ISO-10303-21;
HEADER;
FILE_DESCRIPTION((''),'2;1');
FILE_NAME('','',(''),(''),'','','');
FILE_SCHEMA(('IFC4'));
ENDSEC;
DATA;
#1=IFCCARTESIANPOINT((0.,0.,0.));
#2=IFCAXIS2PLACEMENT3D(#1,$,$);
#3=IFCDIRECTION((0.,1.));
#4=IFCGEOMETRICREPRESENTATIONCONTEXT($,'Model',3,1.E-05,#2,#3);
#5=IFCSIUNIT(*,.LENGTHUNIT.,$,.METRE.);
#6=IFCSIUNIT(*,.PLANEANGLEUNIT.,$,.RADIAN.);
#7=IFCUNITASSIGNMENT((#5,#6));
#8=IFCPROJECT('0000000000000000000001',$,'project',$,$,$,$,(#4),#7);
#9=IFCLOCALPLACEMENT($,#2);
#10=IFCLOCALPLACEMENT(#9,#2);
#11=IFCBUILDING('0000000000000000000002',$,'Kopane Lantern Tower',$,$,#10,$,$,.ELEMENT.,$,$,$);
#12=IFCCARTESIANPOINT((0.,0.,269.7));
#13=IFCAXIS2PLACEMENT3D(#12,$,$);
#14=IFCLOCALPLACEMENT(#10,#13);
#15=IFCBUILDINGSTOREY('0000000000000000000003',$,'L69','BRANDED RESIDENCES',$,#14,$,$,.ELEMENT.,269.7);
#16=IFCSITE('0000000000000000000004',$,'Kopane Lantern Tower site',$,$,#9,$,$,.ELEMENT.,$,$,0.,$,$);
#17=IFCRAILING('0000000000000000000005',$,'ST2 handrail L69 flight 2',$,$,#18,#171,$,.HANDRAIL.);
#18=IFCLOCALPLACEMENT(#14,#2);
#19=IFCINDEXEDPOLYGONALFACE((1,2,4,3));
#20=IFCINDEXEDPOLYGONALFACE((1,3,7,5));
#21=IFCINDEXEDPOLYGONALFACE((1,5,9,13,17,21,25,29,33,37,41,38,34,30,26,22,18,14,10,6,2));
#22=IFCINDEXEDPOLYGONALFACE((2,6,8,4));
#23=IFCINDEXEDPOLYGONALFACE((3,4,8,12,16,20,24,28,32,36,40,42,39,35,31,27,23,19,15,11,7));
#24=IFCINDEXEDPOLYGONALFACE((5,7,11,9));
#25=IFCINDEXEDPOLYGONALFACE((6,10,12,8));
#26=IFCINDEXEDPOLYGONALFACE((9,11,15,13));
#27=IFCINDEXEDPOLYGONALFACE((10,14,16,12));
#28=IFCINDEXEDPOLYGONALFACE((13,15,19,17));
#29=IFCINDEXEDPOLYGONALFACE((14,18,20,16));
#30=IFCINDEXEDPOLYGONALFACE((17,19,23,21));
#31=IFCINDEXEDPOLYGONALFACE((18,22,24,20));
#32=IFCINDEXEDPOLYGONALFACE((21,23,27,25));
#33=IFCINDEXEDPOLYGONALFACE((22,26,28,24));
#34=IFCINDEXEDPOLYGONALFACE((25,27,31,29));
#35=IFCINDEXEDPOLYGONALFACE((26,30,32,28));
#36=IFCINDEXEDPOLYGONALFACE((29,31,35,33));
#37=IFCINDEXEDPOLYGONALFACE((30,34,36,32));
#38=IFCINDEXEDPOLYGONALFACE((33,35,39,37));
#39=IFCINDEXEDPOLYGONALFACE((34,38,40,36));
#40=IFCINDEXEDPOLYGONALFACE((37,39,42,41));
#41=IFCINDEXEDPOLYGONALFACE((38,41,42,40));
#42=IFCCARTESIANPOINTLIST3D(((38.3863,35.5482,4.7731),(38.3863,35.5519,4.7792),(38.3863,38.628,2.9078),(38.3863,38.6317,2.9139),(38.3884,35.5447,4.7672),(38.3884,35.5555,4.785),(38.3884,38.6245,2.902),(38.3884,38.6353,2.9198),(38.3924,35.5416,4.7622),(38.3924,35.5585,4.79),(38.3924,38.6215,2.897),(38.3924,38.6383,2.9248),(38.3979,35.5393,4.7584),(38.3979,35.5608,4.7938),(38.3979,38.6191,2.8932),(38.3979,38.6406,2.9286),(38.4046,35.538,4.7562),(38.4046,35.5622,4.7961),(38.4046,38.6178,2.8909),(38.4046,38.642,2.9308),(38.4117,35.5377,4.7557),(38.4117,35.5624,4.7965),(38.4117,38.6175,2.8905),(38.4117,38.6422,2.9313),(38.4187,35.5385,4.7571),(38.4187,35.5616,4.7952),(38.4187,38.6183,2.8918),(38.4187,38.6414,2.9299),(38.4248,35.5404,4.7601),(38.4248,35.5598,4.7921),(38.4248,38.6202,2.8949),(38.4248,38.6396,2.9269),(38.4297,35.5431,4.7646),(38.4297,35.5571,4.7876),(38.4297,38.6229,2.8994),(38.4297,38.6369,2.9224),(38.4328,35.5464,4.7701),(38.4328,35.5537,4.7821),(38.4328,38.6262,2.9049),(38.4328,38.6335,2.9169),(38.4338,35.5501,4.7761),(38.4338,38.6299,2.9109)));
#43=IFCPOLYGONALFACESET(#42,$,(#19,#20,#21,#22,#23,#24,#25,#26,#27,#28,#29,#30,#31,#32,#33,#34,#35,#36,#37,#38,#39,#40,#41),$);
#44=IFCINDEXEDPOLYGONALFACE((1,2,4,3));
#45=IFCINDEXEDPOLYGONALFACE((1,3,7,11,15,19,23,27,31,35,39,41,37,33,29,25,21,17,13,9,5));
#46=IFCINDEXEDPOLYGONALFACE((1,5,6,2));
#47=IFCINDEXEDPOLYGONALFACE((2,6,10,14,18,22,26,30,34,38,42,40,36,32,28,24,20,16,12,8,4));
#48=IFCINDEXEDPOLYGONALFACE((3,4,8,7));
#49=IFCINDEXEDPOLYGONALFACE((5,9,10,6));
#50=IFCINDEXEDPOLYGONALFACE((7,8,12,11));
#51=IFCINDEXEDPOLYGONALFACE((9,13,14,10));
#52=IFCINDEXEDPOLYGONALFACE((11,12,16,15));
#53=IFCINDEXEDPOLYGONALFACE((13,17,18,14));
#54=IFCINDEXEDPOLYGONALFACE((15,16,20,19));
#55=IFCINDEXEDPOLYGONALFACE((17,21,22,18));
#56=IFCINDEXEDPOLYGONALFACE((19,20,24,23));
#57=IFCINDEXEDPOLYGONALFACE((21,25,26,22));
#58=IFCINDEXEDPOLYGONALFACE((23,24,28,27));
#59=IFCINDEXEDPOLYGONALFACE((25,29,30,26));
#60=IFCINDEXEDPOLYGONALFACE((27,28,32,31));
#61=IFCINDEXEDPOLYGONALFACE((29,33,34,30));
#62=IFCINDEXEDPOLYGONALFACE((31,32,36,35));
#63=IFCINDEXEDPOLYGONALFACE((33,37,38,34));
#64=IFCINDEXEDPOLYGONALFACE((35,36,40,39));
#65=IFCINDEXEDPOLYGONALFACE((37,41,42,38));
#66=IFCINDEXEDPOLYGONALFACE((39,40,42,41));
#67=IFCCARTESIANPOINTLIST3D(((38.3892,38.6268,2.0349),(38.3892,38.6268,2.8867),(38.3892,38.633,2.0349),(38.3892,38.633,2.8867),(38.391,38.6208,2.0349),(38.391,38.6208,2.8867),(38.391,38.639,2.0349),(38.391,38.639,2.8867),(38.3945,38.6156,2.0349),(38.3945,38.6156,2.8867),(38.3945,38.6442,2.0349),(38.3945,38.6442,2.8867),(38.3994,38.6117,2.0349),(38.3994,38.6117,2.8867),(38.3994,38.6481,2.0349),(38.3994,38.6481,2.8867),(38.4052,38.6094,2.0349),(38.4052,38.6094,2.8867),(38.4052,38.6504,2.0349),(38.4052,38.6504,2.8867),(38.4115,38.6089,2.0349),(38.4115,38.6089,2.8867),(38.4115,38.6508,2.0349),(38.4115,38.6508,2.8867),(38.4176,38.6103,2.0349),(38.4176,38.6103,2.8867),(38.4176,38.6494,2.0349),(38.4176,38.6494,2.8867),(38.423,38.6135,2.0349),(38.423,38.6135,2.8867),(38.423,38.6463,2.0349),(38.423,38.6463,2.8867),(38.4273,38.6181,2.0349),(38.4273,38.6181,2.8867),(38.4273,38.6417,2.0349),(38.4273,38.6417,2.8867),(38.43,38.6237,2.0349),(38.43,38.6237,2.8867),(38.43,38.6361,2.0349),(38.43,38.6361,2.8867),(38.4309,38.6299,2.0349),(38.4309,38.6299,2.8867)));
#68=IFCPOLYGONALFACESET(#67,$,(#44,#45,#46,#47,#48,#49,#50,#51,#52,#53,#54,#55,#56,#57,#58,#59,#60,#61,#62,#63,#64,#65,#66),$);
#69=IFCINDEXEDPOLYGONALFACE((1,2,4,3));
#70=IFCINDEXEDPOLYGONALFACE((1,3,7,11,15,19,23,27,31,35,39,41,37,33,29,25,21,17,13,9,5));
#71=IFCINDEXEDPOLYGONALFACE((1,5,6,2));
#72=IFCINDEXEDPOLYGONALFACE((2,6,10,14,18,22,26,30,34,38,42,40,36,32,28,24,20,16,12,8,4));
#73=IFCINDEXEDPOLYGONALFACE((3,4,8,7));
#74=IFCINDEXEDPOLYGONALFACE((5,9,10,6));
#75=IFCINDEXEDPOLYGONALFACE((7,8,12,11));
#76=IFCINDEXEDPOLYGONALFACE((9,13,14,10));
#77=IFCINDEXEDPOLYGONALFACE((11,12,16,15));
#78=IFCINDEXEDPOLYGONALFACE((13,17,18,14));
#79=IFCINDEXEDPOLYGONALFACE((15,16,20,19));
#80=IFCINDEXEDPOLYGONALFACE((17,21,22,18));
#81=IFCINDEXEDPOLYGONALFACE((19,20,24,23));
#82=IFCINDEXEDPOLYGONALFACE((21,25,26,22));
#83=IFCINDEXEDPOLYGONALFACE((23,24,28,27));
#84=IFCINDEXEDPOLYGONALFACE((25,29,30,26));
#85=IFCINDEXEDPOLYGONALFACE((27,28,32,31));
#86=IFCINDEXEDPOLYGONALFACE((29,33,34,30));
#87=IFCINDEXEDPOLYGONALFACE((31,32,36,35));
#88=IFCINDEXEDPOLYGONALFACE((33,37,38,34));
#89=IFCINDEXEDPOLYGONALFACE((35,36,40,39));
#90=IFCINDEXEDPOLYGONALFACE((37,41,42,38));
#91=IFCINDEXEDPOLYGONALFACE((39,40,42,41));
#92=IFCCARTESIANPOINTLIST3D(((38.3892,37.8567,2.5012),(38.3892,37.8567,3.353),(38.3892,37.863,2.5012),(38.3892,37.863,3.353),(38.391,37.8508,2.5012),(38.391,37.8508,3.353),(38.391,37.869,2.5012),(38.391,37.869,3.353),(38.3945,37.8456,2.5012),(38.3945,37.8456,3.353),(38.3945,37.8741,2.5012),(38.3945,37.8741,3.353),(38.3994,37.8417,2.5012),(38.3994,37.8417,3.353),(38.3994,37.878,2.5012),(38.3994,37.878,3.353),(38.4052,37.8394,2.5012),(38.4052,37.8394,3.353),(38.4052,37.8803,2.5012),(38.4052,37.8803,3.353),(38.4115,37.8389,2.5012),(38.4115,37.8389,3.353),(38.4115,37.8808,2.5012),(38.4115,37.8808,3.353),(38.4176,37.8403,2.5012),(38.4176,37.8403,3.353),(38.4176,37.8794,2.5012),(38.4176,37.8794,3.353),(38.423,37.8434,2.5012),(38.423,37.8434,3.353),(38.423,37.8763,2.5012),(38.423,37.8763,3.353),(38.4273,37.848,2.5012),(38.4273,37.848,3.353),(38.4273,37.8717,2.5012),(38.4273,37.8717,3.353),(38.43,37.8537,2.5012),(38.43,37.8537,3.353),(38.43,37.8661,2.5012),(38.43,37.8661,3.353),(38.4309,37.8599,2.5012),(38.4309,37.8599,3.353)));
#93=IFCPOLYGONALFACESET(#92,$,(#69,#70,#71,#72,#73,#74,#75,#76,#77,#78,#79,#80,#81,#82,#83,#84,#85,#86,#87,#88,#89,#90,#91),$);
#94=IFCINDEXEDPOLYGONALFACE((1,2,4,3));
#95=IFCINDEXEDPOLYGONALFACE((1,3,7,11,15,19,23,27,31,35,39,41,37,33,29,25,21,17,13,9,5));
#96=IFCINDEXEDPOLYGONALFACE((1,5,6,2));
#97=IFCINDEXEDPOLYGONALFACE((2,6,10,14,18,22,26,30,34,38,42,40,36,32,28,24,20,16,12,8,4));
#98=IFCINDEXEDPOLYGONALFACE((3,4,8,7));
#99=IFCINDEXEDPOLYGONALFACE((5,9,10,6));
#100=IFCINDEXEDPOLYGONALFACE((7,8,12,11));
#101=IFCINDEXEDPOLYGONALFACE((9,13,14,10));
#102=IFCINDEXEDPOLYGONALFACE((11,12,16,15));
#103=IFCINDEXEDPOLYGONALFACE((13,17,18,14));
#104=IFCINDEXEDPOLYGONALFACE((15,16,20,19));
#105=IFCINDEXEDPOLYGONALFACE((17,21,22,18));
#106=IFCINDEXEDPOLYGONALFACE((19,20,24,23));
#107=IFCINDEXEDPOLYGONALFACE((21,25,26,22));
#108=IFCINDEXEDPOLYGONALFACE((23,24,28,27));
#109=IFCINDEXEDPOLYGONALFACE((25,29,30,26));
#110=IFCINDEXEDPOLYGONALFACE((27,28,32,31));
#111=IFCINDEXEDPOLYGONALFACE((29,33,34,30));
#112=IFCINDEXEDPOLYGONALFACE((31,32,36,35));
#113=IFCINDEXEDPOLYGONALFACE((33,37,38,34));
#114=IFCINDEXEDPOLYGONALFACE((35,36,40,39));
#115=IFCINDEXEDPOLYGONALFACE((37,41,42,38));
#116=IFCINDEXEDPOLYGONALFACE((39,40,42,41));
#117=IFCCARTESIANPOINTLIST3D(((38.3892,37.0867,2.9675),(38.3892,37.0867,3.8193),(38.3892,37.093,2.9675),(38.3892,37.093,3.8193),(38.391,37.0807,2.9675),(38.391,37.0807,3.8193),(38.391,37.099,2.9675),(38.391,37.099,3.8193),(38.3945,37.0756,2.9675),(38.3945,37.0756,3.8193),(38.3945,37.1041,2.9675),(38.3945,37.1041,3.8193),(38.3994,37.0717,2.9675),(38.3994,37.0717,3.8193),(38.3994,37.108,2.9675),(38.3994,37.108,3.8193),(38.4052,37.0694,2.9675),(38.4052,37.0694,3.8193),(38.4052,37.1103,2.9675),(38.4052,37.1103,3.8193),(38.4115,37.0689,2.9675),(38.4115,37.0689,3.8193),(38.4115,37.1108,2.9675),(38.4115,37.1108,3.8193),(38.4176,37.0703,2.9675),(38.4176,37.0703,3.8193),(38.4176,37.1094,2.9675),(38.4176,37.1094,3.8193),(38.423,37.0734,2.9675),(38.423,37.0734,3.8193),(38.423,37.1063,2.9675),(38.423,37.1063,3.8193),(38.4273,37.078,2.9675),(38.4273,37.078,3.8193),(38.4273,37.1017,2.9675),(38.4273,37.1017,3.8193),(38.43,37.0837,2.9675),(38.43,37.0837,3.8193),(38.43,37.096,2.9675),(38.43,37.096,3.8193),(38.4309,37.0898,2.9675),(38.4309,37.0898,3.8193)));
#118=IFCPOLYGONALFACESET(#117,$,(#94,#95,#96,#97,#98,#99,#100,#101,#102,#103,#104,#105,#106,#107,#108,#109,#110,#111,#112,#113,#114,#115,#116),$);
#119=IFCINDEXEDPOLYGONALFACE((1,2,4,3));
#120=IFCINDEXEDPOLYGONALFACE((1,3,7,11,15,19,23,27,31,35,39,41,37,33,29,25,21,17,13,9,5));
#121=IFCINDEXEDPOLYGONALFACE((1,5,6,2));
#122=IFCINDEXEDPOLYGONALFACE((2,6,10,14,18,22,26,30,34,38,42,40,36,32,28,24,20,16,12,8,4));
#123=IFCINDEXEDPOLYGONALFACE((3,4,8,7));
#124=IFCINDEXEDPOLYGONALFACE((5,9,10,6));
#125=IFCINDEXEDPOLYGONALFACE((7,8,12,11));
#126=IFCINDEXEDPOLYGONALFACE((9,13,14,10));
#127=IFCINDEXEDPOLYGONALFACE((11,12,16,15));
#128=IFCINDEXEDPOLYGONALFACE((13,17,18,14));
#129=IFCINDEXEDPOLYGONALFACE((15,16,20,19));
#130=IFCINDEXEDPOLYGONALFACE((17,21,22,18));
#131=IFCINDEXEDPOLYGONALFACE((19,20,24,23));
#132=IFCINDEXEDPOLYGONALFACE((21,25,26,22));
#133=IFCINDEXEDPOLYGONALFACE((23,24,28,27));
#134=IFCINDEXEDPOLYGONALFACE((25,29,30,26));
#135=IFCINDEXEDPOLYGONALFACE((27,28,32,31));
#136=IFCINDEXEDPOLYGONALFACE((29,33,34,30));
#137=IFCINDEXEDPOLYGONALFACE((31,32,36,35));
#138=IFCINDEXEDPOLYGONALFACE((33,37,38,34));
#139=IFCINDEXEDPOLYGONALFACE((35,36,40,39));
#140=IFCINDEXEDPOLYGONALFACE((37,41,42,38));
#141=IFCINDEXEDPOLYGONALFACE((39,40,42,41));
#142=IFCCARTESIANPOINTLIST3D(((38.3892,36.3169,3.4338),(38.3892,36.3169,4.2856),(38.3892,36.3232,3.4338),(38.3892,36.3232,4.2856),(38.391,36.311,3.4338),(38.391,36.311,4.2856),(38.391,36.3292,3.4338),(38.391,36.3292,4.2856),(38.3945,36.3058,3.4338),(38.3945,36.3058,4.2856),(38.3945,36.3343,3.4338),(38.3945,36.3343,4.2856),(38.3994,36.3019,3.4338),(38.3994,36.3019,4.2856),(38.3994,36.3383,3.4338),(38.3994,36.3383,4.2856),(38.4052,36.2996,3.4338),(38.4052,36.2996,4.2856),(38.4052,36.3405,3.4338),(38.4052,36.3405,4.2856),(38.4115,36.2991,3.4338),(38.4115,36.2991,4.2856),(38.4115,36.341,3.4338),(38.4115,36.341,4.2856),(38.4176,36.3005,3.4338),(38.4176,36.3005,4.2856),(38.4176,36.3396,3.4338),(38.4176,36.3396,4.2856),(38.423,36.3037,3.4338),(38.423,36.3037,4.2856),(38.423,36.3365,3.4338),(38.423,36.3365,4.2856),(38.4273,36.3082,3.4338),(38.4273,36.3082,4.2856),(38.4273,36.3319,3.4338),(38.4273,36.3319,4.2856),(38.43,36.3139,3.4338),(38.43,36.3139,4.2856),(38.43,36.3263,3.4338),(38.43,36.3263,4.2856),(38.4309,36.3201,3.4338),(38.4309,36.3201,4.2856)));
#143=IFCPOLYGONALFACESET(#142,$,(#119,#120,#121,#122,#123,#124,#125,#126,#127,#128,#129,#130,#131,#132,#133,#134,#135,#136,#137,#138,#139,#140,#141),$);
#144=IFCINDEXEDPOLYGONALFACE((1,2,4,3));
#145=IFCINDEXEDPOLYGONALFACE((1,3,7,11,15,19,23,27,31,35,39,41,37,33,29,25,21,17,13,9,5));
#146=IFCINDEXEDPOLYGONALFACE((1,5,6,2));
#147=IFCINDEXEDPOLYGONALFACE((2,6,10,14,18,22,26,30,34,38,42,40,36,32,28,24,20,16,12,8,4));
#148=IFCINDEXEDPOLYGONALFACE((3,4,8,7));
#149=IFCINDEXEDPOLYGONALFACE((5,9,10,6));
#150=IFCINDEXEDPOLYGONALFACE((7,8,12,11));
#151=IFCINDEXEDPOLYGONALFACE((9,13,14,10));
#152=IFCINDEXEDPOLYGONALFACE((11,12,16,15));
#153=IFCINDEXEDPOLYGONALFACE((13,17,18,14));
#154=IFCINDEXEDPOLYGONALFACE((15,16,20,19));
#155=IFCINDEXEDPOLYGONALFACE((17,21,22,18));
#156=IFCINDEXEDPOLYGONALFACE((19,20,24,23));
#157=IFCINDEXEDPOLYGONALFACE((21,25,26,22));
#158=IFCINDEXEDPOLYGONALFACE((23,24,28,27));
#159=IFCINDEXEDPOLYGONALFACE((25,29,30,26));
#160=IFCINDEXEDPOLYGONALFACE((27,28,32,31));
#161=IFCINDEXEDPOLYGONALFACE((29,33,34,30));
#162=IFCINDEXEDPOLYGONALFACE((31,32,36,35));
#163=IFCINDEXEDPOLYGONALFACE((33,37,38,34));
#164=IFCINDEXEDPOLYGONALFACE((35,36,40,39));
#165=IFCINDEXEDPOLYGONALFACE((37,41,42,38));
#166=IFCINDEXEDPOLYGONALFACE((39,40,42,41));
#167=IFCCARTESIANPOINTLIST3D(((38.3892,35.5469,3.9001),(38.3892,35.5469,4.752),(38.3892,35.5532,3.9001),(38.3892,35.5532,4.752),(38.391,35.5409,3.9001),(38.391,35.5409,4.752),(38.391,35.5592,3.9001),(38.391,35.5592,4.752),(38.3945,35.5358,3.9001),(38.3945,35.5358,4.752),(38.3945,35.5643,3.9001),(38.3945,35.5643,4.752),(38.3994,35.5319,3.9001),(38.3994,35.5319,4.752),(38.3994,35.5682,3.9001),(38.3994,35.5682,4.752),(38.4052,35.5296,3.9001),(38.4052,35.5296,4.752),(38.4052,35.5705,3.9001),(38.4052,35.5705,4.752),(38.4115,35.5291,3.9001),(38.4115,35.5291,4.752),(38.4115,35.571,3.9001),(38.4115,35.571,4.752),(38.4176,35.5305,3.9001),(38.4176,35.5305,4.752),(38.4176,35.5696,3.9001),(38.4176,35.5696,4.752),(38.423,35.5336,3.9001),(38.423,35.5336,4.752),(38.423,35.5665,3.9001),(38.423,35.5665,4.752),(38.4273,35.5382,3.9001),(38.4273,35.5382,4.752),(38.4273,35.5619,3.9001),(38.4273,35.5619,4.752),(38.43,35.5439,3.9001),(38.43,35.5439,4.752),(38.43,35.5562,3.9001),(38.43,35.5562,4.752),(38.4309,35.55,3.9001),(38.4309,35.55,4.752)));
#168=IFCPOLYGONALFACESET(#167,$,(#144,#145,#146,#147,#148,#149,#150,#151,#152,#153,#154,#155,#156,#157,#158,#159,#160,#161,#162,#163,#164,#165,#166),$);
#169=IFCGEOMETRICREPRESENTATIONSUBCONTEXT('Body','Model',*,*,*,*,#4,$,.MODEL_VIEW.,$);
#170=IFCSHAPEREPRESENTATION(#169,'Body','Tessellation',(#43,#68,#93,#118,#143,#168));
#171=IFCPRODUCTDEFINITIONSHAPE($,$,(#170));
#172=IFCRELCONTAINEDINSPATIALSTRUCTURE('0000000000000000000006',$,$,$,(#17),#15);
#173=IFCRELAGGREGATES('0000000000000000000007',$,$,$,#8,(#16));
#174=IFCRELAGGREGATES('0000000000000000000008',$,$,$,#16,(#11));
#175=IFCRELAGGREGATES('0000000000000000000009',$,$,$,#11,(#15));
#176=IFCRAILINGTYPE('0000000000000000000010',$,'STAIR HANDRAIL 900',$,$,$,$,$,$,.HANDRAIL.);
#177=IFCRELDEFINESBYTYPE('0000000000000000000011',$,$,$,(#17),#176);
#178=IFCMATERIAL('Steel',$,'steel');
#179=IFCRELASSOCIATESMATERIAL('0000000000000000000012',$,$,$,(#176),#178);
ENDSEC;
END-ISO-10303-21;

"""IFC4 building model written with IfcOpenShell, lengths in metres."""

from ifc_helpers import new_model, si_unit, direction, frame, origin, origin_2d, place, context, subcontext, project, spatial, circle, extrude, material, type_object, element, save


model = new_model("IFC4")

# Units and contexts
model_context = context("Model", 3, precision=1e-05, world=origin(), true_north=direction((0.0, 1.0)))
body_context = subcontext(model_context, "Body", "Model", "MODEL_VIEW")
ifc_project = project(units=[si_unit("LENGTHUNIT", "METRE"), si_unit("PLANEANGLEUNIT", "RADIAN")], contexts=[model_context])

# Site, building, storey
site_placement = place(None, origin())
site = spatial("IfcSite", under=ifc_project, at=site_placement, Name="Kopane Lantern Tower site", CompositionType="ELEMENT", RefElevation=0.0)
building_placement = place(site_placement, origin())
building = spatial("IfcBuilding", under=site, at=building_placement, Name="Kopane Lantern Tower", CompositionType="ELEMENT")
storey_placement = place(building_placement, frame((0.0, 0.0, 269.7)))
storey = spatial("IfcBuildingStorey", under=building, at=storey_placement, Name="L69", Description="BRANDED RESIDENCES", CompositionType="ELEMENT", Elevation=269.7)

# Railing
ifc_material_1 = material(Name="Steel", Category="steel")
railing_type = type_object("IfcRailingType", Name="STAIR HANDRAIL 900", PredefinedType="HANDRAIL", material=ifc_material_1)
for number, where, name in (
    (1, (38.4099, 38.6299, 2.0349), "ST2 handrail L69 flight 2"),
):
    element("IfcRailing", number, at=place(storey_placement, frame(where)), inside=storey, type_object=railing_type, Name=name, PredefinedType="HANDRAIL", context=body_context, shape_type="SweptSolid", body=[
        extrude(circle(Radius=0.0239, at=origin_2d()), frame((0.0, 0.0, 0.876), z_axis=(0.0, -0.855362, 0.518031), x_axis=(1.0, 0.0, 0.0)), (0.0, 0.0, 1.0), 3.6006),
        extrude(circle(Radius=0.021, at=origin_2d()), origin(), (0.0, 0.0, 1.0), 0.8518),
        extrude(circle(Radius=0.021, at=origin_2d()), frame((0.0, -0.77, 0.4663)), (0.0, 0.0, 1.0), 0.8518),
        extrude(circle(Radius=0.021, at=origin_2d()), frame((0.0, -1.54, 0.9326)), (0.0, 0.0, 1.0), 0.8518),
        extrude(circle(Radius=0.021, at=origin_2d()), frame((0.0, -2.3098, 1.3989)), (0.0, 0.0, 1.0), 0.8518),
        extrude(circle(Radius=0.021, at=origin_2d()), frame((0.0, -3.0798, 1.8652)), (0.0, 0.0, 1.0), 0.8518),
    ])

save(model, "model.ifc")
